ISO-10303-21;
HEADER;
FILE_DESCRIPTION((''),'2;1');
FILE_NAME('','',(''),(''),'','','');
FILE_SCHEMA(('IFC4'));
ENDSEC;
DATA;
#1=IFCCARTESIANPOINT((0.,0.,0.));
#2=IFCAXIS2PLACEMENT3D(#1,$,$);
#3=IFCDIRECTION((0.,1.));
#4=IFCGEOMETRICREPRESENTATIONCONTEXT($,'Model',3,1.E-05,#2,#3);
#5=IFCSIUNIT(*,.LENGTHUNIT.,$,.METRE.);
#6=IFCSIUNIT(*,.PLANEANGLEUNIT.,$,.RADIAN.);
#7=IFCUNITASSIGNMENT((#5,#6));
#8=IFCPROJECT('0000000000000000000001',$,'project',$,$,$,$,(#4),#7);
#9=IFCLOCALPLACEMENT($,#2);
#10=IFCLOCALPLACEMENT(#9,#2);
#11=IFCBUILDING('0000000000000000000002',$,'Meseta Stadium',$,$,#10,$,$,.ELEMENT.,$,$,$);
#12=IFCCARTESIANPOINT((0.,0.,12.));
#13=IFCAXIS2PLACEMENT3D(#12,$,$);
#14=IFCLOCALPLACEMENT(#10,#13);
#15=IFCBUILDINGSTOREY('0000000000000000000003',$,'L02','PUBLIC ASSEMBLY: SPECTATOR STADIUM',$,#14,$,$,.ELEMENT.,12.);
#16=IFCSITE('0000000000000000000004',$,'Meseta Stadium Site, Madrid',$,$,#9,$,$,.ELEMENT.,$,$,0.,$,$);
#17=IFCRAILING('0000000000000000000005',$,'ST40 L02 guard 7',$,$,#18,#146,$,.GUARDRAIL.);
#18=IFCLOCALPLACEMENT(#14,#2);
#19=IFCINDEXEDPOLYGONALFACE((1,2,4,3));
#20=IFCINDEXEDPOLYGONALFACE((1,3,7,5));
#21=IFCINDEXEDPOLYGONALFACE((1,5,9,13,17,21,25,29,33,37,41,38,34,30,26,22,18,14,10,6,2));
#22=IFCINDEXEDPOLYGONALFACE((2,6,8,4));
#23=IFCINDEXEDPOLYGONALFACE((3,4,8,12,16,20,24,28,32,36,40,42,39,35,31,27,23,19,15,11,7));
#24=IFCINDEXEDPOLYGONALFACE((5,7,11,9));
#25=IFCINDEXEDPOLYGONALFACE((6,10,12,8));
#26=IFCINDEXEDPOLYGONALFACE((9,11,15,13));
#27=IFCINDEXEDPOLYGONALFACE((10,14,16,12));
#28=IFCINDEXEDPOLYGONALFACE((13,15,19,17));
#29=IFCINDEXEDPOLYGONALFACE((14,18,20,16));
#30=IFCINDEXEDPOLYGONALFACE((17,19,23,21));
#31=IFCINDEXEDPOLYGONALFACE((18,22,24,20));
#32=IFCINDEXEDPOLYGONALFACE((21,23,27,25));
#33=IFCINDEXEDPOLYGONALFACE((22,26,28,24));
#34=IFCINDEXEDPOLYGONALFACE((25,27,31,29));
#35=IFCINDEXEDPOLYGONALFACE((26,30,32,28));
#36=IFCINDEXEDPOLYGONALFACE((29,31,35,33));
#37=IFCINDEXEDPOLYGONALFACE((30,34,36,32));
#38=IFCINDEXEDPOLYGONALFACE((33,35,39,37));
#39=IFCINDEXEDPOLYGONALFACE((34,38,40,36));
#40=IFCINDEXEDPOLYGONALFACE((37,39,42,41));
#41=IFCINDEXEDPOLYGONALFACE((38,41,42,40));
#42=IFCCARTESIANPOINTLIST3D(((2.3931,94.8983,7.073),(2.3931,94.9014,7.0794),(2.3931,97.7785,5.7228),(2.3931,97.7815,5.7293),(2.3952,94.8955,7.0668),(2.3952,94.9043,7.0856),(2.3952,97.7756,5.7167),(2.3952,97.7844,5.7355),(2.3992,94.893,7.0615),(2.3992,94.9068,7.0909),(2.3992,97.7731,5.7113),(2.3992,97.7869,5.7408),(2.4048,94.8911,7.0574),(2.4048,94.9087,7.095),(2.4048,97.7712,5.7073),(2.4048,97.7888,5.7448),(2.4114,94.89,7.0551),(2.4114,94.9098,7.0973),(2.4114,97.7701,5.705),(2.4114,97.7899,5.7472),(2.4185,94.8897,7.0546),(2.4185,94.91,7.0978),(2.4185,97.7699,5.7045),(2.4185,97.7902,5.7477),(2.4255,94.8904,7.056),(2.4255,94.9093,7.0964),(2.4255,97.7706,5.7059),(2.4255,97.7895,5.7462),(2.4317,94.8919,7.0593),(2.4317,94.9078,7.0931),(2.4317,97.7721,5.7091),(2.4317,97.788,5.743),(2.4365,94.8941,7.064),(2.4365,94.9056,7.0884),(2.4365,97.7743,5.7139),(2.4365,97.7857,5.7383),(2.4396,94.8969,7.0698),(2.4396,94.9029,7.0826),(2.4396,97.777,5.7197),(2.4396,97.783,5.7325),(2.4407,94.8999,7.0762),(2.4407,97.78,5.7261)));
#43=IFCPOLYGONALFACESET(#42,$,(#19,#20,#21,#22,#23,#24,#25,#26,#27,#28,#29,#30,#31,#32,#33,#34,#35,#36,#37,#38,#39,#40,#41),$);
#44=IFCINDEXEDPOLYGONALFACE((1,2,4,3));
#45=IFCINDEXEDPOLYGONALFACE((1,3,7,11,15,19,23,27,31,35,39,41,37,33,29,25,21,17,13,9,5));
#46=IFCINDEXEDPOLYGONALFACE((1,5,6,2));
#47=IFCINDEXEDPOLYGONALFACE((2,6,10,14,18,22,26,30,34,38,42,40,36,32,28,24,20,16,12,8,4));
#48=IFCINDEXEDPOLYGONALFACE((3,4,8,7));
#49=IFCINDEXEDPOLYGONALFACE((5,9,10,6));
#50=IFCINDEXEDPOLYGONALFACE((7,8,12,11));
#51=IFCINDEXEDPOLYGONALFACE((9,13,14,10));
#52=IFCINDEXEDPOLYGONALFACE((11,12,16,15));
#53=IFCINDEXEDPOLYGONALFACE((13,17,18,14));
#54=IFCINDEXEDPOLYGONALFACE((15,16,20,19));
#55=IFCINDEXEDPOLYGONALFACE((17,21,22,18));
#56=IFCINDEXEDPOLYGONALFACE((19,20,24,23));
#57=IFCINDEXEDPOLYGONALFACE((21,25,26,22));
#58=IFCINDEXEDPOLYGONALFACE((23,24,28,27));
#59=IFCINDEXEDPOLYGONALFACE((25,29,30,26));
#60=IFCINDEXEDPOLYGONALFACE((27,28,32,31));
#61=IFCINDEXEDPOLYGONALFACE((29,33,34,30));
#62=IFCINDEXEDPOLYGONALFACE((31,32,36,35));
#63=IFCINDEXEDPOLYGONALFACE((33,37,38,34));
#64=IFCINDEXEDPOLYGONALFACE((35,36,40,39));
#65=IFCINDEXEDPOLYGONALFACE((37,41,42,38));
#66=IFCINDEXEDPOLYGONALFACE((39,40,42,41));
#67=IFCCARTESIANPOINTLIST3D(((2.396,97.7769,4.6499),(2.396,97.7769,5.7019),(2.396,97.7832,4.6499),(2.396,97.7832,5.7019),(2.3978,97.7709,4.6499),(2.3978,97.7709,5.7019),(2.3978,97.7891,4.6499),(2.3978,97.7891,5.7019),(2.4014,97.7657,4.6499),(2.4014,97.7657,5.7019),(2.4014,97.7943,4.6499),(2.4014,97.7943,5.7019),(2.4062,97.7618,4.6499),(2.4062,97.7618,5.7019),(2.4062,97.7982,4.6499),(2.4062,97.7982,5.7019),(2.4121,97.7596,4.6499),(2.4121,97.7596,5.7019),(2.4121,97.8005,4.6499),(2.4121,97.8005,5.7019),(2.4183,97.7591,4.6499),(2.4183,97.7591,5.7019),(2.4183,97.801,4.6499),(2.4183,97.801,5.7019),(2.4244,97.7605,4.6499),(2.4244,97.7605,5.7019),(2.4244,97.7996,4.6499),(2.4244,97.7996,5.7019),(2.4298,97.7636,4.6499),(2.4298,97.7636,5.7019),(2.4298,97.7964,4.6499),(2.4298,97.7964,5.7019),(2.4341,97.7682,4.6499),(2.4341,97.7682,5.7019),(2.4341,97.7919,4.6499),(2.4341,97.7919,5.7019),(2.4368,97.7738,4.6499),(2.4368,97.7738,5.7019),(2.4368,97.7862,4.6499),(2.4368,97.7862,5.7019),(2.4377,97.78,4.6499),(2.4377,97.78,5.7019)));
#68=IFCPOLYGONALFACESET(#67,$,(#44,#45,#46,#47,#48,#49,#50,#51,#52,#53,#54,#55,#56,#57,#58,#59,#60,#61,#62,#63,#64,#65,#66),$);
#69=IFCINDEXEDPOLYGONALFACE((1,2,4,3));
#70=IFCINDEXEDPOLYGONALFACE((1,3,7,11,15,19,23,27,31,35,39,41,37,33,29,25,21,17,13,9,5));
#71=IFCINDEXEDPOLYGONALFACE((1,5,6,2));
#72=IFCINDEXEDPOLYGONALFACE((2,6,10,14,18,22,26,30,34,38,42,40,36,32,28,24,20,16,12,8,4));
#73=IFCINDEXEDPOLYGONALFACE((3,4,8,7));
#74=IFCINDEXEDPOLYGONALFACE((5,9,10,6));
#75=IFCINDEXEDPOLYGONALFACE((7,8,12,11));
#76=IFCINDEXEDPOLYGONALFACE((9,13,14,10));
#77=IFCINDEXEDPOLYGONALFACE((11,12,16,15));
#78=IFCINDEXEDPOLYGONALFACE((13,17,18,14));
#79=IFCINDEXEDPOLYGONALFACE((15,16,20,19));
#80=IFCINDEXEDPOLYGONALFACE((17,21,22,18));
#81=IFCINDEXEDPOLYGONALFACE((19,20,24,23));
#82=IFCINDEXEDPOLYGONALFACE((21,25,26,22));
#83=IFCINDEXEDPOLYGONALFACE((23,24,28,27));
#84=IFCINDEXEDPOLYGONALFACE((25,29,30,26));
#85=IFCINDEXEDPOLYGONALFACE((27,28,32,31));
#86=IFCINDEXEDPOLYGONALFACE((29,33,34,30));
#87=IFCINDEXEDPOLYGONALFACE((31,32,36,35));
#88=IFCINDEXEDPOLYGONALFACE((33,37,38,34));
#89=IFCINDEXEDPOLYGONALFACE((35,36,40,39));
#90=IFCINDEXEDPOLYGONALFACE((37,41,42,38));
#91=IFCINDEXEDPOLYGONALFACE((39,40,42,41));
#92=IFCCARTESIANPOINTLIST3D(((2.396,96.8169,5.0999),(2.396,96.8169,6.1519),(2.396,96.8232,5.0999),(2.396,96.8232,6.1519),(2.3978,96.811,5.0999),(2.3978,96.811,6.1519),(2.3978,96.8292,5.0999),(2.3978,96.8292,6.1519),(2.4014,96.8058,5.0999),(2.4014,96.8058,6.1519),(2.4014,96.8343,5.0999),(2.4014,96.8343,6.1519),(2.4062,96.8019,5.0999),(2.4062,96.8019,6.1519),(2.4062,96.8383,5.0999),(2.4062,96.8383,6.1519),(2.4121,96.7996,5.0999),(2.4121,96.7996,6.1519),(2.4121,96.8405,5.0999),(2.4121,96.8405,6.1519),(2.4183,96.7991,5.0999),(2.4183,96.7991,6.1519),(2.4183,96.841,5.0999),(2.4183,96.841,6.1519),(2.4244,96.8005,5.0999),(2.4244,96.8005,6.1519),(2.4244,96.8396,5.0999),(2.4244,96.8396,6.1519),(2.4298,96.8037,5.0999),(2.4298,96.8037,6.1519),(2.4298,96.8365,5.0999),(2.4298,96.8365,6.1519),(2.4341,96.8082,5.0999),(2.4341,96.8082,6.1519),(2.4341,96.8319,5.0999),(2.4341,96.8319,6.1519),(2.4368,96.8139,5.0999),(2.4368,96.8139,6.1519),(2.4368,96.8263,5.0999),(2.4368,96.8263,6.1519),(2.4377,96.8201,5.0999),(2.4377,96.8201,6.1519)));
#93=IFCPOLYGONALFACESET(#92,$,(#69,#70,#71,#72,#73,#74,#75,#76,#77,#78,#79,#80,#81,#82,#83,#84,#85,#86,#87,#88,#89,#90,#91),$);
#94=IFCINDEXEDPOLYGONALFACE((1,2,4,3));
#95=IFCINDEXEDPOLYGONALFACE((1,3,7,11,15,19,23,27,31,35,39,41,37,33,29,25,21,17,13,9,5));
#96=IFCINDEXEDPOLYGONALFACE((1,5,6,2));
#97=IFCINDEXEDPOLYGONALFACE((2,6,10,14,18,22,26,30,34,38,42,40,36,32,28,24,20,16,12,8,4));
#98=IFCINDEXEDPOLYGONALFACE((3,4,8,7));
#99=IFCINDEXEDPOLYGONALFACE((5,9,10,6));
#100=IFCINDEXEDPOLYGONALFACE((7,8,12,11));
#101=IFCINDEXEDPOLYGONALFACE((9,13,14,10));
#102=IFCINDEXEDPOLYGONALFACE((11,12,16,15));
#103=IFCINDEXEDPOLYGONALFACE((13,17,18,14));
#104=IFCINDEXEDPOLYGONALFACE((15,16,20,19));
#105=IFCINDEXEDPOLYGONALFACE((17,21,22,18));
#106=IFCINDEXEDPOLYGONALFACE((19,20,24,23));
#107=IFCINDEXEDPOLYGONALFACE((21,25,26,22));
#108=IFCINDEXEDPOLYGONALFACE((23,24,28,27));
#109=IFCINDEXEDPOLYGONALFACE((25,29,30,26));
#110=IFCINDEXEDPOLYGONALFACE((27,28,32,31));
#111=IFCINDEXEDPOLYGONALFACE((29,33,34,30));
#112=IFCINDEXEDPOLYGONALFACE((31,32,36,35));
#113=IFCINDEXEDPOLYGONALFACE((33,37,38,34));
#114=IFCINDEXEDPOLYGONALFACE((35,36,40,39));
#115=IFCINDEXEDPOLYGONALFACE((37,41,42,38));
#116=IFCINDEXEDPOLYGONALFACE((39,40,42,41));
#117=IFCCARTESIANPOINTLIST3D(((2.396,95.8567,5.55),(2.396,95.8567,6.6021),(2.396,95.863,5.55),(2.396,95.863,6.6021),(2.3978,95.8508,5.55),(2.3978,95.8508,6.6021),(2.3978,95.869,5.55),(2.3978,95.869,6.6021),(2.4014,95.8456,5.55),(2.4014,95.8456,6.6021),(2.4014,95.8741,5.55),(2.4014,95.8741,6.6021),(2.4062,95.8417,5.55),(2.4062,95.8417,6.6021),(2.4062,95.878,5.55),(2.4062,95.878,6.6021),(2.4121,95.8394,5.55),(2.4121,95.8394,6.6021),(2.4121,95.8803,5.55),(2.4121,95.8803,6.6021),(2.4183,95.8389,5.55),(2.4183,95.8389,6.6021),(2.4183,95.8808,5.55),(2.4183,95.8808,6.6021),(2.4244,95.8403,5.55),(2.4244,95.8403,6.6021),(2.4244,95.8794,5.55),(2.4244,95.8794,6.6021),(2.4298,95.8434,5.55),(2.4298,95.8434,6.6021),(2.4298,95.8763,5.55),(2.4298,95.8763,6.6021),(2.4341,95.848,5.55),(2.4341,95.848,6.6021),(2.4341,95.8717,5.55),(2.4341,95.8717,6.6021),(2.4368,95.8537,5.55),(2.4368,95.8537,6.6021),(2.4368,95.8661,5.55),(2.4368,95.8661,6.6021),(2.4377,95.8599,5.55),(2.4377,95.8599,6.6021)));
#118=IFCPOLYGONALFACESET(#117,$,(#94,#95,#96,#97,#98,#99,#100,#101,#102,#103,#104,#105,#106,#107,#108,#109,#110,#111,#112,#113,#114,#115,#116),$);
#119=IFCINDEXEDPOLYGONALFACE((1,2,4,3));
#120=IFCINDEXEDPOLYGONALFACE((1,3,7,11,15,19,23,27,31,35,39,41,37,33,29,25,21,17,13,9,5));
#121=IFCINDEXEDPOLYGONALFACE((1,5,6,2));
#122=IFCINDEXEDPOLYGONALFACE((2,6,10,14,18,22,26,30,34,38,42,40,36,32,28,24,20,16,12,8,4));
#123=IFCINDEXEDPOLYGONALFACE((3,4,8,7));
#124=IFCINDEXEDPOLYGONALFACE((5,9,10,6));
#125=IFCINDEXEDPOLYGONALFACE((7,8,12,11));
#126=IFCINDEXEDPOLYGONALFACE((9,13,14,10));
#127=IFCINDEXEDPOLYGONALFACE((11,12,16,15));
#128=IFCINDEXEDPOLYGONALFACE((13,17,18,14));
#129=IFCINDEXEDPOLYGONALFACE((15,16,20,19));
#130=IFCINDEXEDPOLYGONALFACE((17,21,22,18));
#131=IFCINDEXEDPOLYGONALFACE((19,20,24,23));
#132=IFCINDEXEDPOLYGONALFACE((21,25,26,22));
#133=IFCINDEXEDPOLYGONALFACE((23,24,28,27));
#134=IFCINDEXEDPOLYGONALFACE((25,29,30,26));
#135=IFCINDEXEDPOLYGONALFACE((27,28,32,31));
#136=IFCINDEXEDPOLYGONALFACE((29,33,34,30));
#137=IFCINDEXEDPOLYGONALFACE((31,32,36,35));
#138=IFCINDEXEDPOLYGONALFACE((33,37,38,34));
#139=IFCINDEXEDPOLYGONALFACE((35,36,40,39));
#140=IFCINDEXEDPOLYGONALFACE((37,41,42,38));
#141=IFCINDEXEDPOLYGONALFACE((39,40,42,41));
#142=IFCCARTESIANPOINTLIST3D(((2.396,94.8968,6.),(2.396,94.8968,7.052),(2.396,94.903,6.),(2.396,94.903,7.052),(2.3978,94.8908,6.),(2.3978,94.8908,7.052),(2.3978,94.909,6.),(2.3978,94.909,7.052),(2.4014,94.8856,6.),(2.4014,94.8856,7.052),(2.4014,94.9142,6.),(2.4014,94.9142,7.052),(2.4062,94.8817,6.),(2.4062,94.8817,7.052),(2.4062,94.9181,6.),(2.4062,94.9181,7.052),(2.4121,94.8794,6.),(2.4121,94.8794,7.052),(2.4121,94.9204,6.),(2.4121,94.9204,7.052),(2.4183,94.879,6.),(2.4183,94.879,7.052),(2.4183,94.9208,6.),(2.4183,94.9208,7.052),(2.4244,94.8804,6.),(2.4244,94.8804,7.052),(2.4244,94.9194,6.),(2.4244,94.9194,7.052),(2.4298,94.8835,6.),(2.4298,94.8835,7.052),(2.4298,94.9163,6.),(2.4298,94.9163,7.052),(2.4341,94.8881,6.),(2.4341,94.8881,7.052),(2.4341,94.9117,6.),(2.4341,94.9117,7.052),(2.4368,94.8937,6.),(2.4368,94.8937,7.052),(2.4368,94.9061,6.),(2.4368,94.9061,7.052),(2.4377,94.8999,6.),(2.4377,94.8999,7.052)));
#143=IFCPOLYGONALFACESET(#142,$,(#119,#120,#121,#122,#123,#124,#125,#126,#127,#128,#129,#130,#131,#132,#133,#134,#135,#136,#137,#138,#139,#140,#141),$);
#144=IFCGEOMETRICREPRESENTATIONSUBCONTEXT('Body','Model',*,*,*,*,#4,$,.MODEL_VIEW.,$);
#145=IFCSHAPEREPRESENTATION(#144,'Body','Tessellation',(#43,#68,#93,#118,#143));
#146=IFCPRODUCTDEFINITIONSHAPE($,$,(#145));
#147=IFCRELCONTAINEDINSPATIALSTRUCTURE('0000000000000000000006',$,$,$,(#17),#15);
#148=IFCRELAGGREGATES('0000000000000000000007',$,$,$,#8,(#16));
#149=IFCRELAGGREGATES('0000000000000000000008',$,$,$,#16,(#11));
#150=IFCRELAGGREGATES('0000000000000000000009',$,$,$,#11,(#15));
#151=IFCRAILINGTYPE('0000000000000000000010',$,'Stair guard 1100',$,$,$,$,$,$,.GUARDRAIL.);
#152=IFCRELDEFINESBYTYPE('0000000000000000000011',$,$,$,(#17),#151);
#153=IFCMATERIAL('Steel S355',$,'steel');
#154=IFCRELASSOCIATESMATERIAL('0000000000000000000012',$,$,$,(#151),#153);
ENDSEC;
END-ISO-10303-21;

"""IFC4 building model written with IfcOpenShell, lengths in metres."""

from ifc_helpers import new_model, si_unit, direction, frame, origin, origin_2d, place, context, subcontext, project, spatial, circle, extrude, material, type_object, element, save


model = new_model("IFC4")

# Units and contexts
model_context = context("Model", 3, precision=1e-05, world=origin(), true_north=direction((0.0, 1.0)))
body_context = subcontext(model_context, "Body", "Model", "MODEL_VIEW")
ifc_project = project(units=[si_unit("LENGTHUNIT", "METRE"), si_unit("PLANEANGLEUNIT", "RADIAN")], contexts=[model_context])

# Site, building, storey
site_placement = place(None, origin())
site = spatial("IfcSite", under=ifc_project, at=site_placement, Name="Meseta Stadium Site, Madrid", CompositionType="ELEMENT", RefElevation=0.0)
building_placement = place(site_placement, origin())
building = spatial("IfcBuilding", under=site, at=building_placement, Name="Meseta Stadium", CompositionType="ELEMENT")
storey_placement = place(building_placement, frame((0.0, 0.0, 12.0)))
storey = spatial("IfcBuildingStorey", under=building, at=storey_placement, Name="L02", Description="PUBLIC ASSEMBLY: SPECTATOR STADIUM", CompositionType="ELEMENT", Elevation=12.0)

# Railing
ifc_material_1 = material(Name="Steel S355", Category="steel")
railing_type_1 = type_object("IfcRailingType", Name="Stair guard 1100", PredefinedType="GUARDRAIL", material=ifc_material_1)
railing_1_placement = place(storey_placement, frame((2.4167, 97.78, 4.6499)))
element("IfcRailing", 1, at=railing_1_placement, inside=storey, type_object=railing_type_1, Name="ST40 L02 guard 7", PredefinedType="GUARDRAIL", context=body_context, shape_type="SweptSolid", body=[
    extrude(circle(Radius=0.0239, at=origin_2d()), frame((0.0, 0.0, 1.0762), z_axis=(0.0, -0.905454, 0.424444), x_axis=(1.0, 0.0, 0.0)), (0.0, 0.0, 1.0), 3.1809),
    extrude(circle(Radius=0.021, at=origin_2d()), origin(), (0.0, 0.0, 1.0), 1.052),
    extrude(circle(Radius=0.021, at=origin_2d()), frame((0.0, -0.96, 0.45)), (0.0, 0.0, 1.0), 1.052),
    extrude(circle(Radius=0.021, at=origin_2d()), frame((0.0, -1.9202, 0.9001)), (0.0, 0.0, 1.0), 1.052),
    extrude(circle(Radius=0.021, at=origin_2d()), frame((0.0, -2.8801, 1.3501)), (0.0, 0.0, 1.0), 1.052),
])

save(model, "model.ifc")
